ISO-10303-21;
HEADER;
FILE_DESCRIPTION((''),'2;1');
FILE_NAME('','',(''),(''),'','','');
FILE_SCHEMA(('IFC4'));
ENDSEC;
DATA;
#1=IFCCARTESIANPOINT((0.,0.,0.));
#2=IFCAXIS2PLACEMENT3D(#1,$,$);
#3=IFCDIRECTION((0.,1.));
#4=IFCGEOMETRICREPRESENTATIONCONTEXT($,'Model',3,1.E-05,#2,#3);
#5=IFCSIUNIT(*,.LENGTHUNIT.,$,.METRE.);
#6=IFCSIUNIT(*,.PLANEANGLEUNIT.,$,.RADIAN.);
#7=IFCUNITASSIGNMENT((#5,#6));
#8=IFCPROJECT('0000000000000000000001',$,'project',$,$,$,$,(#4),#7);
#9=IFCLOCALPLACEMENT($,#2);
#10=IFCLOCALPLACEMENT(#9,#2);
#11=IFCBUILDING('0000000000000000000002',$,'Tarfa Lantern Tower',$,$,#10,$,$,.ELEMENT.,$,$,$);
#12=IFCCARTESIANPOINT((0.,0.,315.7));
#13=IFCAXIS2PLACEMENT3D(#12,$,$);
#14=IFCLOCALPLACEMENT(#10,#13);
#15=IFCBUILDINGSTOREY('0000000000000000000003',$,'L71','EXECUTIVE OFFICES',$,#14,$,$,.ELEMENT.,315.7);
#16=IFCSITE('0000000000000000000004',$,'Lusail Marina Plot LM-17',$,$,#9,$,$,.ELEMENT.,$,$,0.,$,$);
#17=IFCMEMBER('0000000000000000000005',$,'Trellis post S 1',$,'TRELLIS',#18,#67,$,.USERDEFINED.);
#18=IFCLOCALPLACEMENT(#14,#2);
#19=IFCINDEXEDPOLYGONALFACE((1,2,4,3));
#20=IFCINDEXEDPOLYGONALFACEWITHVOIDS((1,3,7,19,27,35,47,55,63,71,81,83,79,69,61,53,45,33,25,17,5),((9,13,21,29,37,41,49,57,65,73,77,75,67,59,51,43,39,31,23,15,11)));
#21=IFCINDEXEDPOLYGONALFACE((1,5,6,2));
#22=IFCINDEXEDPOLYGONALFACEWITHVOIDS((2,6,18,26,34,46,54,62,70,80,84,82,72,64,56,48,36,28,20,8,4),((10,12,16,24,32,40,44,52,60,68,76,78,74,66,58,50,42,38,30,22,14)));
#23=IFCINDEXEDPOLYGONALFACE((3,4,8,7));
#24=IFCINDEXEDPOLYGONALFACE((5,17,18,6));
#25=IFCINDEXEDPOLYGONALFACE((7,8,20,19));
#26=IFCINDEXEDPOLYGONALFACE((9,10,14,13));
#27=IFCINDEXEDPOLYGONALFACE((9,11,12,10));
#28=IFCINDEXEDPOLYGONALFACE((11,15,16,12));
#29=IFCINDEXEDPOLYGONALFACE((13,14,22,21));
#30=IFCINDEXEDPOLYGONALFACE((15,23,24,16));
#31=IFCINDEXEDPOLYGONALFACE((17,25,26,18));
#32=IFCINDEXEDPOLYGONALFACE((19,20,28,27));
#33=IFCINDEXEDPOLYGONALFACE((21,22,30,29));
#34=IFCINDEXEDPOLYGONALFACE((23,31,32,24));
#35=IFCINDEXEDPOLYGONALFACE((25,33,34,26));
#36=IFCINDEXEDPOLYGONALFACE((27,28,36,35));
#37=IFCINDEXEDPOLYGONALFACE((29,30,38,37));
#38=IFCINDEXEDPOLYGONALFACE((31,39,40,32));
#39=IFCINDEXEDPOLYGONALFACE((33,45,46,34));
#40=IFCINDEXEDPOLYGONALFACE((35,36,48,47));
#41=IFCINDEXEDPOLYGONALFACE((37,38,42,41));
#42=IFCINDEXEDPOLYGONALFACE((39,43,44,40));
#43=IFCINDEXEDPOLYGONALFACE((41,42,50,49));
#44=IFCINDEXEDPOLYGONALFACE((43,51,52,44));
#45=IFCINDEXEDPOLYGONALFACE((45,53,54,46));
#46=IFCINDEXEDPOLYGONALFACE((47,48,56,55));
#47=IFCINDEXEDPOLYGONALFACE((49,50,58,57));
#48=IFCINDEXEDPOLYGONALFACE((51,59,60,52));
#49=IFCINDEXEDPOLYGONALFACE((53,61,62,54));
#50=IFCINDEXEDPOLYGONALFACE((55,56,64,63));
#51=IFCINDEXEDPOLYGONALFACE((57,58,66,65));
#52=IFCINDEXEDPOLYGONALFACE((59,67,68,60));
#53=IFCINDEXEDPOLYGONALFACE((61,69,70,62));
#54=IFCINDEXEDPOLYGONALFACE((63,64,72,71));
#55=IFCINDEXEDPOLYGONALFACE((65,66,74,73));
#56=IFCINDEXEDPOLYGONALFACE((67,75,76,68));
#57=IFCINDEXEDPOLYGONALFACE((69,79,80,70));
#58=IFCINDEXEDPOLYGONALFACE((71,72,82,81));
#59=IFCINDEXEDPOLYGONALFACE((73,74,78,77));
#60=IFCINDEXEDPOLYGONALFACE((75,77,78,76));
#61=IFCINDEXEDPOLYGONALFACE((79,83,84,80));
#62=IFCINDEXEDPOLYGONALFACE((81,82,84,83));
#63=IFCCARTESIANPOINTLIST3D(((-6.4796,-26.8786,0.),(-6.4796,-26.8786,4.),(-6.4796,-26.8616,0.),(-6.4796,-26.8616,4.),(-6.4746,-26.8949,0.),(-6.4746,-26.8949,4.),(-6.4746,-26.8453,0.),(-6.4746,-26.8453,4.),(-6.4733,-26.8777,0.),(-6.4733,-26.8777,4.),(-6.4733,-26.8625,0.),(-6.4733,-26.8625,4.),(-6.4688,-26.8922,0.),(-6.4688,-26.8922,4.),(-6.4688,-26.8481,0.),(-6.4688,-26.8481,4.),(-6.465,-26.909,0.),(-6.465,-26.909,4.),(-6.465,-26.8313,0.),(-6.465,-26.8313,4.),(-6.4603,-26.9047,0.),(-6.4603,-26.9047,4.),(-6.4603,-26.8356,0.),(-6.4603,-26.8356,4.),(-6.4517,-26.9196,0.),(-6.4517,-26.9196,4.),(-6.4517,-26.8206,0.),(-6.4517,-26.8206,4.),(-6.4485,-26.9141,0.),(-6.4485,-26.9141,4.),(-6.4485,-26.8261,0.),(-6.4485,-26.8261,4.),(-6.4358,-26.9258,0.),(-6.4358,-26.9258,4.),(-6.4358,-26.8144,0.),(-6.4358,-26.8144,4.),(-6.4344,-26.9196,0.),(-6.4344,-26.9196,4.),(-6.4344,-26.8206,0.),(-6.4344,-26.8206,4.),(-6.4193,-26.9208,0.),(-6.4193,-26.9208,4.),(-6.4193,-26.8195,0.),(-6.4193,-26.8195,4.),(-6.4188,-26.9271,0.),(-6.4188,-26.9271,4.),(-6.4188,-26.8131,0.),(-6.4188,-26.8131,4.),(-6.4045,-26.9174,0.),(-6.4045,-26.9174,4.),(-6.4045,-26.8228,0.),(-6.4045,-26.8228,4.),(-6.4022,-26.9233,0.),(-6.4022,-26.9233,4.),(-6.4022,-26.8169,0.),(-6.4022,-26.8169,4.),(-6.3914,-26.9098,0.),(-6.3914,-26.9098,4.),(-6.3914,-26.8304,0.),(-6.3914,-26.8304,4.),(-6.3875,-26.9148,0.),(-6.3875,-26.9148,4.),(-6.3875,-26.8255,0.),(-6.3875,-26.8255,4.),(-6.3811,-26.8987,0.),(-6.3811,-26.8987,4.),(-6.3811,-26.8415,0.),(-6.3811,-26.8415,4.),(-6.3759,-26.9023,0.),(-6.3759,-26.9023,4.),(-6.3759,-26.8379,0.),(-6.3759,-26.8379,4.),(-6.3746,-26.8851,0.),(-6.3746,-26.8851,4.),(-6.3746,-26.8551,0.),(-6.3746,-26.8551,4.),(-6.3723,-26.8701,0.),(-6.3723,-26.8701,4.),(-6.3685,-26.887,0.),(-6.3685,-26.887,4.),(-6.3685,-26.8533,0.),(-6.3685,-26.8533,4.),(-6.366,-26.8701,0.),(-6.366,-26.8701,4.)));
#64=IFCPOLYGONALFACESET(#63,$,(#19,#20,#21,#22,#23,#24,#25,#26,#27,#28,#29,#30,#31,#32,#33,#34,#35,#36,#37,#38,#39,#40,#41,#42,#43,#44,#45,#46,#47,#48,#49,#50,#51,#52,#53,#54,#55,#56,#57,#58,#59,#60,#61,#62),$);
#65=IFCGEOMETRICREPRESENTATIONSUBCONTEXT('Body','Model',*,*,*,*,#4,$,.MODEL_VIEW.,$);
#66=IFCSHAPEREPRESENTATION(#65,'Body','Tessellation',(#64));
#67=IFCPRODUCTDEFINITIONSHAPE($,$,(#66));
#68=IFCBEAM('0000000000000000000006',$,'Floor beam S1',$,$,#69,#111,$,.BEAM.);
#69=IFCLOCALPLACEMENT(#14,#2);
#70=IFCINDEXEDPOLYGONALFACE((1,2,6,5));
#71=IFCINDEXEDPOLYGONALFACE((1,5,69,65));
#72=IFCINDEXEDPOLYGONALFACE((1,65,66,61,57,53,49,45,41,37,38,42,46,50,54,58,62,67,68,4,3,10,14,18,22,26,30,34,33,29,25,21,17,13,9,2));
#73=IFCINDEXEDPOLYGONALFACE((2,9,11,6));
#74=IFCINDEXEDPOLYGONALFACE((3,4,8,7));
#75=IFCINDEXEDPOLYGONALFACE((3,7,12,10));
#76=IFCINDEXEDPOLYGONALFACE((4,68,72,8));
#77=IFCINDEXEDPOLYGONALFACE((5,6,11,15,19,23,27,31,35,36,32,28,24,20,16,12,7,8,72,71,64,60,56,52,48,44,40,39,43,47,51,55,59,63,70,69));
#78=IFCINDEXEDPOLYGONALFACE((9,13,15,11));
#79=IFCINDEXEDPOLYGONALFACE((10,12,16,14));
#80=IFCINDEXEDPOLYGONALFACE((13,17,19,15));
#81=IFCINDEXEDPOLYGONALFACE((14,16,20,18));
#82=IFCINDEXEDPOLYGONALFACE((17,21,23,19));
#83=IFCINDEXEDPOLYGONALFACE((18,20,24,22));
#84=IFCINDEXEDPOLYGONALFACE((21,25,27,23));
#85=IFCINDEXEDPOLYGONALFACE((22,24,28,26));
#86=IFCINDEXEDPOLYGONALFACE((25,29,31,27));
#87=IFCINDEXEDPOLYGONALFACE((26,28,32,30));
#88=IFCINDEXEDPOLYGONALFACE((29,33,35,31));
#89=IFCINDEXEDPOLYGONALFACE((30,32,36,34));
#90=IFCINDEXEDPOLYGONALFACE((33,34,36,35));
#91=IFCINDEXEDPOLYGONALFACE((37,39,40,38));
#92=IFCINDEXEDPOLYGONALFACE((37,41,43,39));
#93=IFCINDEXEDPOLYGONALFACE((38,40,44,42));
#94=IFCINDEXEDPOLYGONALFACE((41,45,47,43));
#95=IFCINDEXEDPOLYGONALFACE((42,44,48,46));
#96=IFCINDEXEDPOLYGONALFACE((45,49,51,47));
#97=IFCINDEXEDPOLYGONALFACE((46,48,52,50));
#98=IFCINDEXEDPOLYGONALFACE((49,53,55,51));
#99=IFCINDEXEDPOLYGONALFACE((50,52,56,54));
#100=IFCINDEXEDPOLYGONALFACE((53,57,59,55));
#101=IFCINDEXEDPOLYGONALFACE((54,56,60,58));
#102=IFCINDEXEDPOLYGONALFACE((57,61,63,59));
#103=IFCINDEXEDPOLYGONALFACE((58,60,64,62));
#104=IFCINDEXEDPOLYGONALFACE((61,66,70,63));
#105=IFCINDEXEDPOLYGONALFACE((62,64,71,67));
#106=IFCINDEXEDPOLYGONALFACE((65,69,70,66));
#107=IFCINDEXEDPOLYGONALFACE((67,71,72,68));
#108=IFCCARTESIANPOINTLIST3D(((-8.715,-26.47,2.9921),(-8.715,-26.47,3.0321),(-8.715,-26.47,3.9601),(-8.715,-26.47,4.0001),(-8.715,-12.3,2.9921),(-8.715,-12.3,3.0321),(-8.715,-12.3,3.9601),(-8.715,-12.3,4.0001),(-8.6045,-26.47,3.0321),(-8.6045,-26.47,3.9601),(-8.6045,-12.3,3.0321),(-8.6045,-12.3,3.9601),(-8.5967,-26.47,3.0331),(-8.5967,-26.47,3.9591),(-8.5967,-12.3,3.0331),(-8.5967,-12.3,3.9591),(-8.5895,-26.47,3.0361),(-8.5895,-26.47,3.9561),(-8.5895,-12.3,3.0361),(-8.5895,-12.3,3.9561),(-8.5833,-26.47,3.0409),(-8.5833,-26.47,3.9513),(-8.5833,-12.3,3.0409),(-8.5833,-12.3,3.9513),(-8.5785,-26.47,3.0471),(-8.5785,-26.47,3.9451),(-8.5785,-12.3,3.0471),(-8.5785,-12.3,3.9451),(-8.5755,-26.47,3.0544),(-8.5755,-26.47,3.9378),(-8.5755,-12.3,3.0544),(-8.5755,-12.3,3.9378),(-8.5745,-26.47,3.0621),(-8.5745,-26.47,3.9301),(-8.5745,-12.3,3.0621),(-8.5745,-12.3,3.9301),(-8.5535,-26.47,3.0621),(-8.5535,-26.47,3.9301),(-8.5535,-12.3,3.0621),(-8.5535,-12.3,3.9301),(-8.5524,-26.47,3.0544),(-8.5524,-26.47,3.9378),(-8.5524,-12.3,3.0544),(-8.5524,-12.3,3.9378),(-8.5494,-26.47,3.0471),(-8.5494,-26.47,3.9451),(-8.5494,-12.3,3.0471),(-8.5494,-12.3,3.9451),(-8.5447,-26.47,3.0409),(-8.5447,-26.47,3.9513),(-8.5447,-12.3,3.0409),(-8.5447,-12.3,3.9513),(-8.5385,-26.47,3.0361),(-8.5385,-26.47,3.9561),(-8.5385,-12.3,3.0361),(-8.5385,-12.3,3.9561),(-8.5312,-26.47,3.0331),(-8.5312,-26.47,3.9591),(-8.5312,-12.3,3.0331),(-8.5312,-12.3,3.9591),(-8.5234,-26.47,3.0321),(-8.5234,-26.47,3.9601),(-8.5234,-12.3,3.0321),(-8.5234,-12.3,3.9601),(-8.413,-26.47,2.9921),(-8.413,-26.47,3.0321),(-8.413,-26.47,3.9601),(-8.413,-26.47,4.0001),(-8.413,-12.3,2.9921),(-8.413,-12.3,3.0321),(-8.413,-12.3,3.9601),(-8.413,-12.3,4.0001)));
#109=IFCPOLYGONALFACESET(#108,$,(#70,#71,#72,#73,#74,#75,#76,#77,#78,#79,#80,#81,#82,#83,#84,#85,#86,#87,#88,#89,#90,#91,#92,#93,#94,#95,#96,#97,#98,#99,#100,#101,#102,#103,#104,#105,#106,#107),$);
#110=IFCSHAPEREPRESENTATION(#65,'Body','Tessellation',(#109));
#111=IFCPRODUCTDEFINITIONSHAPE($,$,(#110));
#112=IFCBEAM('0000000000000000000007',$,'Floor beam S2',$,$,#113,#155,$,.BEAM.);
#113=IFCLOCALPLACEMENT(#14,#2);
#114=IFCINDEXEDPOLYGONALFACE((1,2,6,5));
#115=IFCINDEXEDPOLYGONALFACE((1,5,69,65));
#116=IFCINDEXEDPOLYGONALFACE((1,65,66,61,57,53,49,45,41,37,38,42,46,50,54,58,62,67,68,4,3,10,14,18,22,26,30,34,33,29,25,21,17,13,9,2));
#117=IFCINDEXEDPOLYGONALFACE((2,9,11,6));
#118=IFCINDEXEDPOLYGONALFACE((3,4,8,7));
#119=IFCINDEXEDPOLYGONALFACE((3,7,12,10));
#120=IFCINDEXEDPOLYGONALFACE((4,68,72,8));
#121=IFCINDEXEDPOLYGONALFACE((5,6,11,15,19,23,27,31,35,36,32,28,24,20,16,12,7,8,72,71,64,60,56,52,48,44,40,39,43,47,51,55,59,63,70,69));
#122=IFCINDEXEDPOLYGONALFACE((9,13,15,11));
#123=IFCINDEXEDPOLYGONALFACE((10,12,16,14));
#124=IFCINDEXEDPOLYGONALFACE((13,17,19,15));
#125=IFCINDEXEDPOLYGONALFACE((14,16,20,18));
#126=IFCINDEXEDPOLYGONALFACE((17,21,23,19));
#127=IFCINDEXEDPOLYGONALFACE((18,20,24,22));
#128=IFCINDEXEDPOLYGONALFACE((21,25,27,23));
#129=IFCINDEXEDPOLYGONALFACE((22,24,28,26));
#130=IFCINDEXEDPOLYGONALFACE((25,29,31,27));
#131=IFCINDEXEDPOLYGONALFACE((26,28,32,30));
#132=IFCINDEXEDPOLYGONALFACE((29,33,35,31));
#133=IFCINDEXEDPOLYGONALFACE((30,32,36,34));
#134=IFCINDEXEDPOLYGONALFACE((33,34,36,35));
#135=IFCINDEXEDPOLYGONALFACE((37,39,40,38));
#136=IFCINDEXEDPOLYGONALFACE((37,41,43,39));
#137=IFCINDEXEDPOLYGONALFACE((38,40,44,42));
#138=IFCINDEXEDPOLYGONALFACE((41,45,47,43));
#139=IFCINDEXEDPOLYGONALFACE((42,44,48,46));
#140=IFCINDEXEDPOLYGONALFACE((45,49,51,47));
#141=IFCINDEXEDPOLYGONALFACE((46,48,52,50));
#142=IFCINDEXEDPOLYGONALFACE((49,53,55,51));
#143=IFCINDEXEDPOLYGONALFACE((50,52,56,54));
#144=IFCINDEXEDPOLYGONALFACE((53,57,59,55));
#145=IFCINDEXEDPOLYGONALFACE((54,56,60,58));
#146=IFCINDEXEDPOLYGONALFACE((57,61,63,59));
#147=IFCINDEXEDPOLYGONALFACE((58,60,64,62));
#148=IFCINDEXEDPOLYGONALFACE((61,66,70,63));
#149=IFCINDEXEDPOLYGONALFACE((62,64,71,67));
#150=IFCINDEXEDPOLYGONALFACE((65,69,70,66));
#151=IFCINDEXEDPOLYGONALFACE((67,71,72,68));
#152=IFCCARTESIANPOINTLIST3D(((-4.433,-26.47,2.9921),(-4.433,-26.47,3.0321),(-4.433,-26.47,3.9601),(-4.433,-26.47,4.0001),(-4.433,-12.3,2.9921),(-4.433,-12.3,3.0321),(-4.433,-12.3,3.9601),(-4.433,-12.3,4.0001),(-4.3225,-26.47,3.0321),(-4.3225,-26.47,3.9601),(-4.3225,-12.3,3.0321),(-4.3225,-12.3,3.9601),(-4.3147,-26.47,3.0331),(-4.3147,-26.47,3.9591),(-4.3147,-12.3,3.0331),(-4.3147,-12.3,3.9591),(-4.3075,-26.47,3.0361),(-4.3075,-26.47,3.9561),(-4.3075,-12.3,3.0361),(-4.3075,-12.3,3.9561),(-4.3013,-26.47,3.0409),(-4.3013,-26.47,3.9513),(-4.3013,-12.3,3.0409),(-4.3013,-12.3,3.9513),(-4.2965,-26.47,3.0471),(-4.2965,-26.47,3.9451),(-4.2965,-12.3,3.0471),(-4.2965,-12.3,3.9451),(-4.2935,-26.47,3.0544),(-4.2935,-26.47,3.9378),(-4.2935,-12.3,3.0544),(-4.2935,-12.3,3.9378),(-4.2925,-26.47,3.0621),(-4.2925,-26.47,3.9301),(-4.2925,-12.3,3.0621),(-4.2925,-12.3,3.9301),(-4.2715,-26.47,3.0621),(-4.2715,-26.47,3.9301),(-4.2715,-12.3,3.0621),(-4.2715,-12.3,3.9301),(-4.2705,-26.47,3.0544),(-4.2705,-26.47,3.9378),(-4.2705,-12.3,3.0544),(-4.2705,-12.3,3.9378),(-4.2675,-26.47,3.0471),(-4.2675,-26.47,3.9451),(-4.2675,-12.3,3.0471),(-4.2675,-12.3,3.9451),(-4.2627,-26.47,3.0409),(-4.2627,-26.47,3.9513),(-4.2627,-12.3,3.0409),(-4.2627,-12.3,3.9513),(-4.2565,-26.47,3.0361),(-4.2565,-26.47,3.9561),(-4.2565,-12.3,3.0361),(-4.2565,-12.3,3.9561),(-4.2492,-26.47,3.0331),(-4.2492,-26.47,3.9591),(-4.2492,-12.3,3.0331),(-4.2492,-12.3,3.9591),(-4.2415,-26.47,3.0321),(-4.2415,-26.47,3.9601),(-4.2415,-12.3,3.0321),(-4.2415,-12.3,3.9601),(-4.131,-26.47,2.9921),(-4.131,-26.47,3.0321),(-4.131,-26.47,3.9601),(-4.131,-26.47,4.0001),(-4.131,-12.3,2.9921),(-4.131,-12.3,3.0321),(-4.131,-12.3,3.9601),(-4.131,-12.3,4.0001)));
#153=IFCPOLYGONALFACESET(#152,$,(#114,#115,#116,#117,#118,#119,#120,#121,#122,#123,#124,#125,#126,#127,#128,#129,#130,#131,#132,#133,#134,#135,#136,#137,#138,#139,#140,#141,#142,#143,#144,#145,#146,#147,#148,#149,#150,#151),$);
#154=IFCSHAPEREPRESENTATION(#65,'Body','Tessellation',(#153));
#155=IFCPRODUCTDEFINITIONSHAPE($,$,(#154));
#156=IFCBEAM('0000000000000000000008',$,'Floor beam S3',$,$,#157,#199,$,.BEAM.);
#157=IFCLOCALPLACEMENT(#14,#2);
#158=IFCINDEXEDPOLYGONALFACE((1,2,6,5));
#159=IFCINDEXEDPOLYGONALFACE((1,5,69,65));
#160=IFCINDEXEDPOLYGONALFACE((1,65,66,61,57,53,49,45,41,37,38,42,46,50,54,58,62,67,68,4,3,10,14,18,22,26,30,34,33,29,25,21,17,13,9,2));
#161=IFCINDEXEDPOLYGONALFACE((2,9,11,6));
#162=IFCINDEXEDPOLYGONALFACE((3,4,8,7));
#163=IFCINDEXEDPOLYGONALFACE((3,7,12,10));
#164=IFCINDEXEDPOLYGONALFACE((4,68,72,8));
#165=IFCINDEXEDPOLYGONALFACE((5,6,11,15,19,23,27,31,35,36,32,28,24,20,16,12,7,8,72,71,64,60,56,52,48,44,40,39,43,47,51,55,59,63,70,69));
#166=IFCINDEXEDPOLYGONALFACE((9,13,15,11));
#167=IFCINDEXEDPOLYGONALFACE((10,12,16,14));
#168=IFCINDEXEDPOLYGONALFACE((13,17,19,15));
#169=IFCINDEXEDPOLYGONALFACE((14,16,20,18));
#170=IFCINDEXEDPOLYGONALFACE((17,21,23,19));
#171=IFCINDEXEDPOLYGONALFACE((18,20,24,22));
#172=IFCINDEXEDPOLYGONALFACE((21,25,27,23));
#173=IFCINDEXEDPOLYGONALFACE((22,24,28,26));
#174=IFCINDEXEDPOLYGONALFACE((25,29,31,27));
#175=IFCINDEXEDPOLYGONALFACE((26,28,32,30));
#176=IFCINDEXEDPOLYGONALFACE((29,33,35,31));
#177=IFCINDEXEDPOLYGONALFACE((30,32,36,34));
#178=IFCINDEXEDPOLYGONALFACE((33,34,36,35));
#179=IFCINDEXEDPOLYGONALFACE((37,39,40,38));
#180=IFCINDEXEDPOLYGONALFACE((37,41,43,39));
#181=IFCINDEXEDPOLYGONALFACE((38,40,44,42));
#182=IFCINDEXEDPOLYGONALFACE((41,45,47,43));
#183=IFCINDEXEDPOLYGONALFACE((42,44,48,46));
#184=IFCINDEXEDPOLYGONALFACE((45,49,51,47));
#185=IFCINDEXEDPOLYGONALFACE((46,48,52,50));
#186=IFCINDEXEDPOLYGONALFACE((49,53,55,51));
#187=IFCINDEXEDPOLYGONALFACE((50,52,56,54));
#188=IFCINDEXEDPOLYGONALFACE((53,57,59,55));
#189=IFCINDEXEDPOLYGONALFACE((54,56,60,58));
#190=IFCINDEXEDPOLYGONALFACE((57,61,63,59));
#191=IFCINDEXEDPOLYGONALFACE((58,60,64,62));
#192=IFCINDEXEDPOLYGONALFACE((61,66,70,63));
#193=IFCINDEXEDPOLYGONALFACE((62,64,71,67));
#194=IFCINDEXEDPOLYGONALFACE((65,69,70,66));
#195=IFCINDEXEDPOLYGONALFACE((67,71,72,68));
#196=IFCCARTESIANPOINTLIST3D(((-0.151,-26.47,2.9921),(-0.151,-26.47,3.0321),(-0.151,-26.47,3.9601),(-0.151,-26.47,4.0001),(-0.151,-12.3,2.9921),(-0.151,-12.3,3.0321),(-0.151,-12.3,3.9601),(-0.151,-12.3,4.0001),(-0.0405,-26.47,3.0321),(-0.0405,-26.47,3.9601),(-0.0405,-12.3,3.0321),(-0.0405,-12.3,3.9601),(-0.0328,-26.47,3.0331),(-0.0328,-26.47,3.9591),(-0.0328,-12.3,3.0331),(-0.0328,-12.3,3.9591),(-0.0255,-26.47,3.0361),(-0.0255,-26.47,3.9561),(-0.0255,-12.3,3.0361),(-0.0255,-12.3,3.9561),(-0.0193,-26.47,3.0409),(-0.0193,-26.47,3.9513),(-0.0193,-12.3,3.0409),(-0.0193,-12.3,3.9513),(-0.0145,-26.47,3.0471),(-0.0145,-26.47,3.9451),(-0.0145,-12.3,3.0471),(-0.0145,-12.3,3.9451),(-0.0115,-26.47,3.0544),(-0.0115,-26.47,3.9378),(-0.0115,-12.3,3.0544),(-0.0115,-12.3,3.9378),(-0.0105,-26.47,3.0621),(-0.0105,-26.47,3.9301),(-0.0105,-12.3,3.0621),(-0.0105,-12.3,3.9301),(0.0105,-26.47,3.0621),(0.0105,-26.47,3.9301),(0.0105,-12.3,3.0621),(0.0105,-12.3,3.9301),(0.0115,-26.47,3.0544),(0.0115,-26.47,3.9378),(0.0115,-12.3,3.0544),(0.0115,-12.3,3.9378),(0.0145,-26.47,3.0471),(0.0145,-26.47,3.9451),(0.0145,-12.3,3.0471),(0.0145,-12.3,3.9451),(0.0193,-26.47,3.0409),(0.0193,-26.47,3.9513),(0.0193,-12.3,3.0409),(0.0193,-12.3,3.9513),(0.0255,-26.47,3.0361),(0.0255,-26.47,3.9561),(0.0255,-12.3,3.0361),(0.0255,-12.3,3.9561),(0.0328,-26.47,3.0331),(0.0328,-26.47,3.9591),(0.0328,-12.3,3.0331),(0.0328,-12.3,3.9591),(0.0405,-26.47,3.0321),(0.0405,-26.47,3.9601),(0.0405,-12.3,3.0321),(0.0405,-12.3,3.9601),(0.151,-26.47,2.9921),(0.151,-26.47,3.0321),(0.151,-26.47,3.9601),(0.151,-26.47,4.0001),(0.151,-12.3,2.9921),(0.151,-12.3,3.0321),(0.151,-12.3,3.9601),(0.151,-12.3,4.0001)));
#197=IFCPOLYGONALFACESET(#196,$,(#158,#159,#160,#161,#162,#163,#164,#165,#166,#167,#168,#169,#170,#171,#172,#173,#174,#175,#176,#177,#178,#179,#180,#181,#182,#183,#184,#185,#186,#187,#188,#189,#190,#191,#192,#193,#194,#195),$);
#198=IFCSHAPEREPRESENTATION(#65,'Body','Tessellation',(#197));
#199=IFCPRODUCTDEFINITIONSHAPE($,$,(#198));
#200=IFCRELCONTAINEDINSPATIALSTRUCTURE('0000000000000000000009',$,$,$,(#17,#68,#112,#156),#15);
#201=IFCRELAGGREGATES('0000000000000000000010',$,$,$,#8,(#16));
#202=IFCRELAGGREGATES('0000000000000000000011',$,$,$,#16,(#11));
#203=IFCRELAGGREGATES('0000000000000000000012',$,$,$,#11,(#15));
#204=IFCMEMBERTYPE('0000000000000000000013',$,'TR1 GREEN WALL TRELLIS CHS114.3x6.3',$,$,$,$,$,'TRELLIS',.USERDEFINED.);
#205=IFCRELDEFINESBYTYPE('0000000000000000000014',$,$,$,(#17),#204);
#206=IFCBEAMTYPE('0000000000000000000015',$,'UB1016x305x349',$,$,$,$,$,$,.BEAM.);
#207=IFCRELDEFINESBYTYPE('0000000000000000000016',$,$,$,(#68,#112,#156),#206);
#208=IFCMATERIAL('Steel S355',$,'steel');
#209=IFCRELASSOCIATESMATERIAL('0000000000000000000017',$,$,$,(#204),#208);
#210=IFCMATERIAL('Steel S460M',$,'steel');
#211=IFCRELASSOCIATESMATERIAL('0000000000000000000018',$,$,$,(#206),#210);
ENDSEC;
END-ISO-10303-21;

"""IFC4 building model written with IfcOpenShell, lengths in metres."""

from ifc_helpers import new_model, si_unit, direction, frame, origin, origin_2d, place, context, subcontext, project, spatial, hollow_circle, i_section, extrude, material, material_profile, profile_set, type_object, element, save


model = new_model("IFC4")

# Units and contexts
model_context = context("Model", 3, precision=1e-05, world=origin(), true_north=direction((0.0, 1.0)))
body_context = subcontext(model_context, "Body", "Model", "MODEL_VIEW")
ifc_project = project(units=[si_unit("LENGTHUNIT", "METRE"), si_unit("PLANEANGLEUNIT", "RADIAN")], contexts=[model_context])

# Site, building, storey
site_placement = place(None, origin())
site = spatial("IfcSite", under=ifc_project, at=site_placement, Name="Lusail Marina Plot LM-17", CompositionType="ELEMENT", RefElevation=0.0)
building_placement = place(site_placement, origin())
building = spatial("IfcBuilding", under=site, at=building_placement, Name="Tarfa Lantern Tower", CompositionType="ELEMENT")
storey_placement = place(building_placement, frame((0.0, 0.0, 315.7)))
storey = spatial("IfcBuildingStorey", under=building, at=storey_placement, Name="L71", Description="EXECUTIVE OFFICES", CompositionType="ELEMENT", Elevation=315.7)

# Member
ifc_material_1 = material(Name="Steel S355", Category="steel")
ifc_material_profile_1 = material_profile(ifc_material_1, hollow_circle(Radius=0.0571, WallThickness=0.0063, at=origin_2d()), Name="CHS114.3x6.3")
ifc_profile_set_1 = profile_set([ifc_material_profile_1], Name="Steel S355")
member_type_1 = type_object("IfcMemberType", Name="TR1 GREEN WALL TRELLIS CHS114.3x6.3", ElementType="TRELLIS", PredefinedType="USERDEFINED", material=ifc_profile_set_1)
member_1_placement = place(storey_placement, frame((-6.4231, -26.8701, 0.0), z_axis=(0.0, 0.0, 1.0), x_axis=(1.0, 0.0, 0.0)))
element("IfcMember", 1, at=member_1_placement, inside=storey, type_object=member_type_1, Name="Trellis post S 1", ObjectType="TRELLIS", PredefinedType="USERDEFINED", context=body_context, shape_type="SweptSolid", body=[
    extrude(hollow_circle(Radius=0.0571, WallThickness=0.0063, at=origin_2d()), origin(), (0.0, 0.0, 1.0), 4.0),
])

# Beams
ifc_material_2 = material(Name="Steel S460M", Category="steel")
ifc_material_profile_2 = material_profile(ifc_material_2, i_section(OverallWidth=0.302, OverallDepth=1.0081, WebThickness=0.021, FlangeThickness=0.04, FilletRadius=0.03, at=origin_2d()), Name="UB1016x305x349")
ifc_profile_set_2 = profile_set([ifc_material_profile_2], Name="Steel S460M")
beam_type_1 = type_object("IfcBeamType", Name="UB1016x305x349", PredefinedType="BEAM", material=ifc_profile_set_2)
for number, where, z_axis, x_axis, name in (
    (2, (-8.564, -26.47, 3.4961), (0.0, 1.0, 0.0), (-1.0, 0.0, 0.0), "Floor beam S1"),
    (3, (-4.282, -26.47, 3.4961), (0.0, 1.0, 0.0), (-1.0, 0.0, 0.0), "Floor beam S2"),
    (4, (0.0, -26.47, 3.4961), (0.0, 1.0, 0.0), (-1.0, 0.0, 0.0), "Floor beam S3"),
):
    element("IfcBeam", number, at=place(storey_placement, frame(where, z_axis=z_axis, x_axis=x_axis)), inside=storey, type_object=beam_type_1, Name=name, PredefinedType="BEAM", context=body_context, shape_type="SweptSolid", body=[
        extrude(i_section(OverallWidth=0.302, OverallDepth=1.0081, WebThickness=0.021, FlangeThickness=0.04, FilletRadius=0.03, at=origin_2d()), origin(), (0.0, 0.0, 1.0), 14.1699),
    ])

save(model, "model.ifc")
